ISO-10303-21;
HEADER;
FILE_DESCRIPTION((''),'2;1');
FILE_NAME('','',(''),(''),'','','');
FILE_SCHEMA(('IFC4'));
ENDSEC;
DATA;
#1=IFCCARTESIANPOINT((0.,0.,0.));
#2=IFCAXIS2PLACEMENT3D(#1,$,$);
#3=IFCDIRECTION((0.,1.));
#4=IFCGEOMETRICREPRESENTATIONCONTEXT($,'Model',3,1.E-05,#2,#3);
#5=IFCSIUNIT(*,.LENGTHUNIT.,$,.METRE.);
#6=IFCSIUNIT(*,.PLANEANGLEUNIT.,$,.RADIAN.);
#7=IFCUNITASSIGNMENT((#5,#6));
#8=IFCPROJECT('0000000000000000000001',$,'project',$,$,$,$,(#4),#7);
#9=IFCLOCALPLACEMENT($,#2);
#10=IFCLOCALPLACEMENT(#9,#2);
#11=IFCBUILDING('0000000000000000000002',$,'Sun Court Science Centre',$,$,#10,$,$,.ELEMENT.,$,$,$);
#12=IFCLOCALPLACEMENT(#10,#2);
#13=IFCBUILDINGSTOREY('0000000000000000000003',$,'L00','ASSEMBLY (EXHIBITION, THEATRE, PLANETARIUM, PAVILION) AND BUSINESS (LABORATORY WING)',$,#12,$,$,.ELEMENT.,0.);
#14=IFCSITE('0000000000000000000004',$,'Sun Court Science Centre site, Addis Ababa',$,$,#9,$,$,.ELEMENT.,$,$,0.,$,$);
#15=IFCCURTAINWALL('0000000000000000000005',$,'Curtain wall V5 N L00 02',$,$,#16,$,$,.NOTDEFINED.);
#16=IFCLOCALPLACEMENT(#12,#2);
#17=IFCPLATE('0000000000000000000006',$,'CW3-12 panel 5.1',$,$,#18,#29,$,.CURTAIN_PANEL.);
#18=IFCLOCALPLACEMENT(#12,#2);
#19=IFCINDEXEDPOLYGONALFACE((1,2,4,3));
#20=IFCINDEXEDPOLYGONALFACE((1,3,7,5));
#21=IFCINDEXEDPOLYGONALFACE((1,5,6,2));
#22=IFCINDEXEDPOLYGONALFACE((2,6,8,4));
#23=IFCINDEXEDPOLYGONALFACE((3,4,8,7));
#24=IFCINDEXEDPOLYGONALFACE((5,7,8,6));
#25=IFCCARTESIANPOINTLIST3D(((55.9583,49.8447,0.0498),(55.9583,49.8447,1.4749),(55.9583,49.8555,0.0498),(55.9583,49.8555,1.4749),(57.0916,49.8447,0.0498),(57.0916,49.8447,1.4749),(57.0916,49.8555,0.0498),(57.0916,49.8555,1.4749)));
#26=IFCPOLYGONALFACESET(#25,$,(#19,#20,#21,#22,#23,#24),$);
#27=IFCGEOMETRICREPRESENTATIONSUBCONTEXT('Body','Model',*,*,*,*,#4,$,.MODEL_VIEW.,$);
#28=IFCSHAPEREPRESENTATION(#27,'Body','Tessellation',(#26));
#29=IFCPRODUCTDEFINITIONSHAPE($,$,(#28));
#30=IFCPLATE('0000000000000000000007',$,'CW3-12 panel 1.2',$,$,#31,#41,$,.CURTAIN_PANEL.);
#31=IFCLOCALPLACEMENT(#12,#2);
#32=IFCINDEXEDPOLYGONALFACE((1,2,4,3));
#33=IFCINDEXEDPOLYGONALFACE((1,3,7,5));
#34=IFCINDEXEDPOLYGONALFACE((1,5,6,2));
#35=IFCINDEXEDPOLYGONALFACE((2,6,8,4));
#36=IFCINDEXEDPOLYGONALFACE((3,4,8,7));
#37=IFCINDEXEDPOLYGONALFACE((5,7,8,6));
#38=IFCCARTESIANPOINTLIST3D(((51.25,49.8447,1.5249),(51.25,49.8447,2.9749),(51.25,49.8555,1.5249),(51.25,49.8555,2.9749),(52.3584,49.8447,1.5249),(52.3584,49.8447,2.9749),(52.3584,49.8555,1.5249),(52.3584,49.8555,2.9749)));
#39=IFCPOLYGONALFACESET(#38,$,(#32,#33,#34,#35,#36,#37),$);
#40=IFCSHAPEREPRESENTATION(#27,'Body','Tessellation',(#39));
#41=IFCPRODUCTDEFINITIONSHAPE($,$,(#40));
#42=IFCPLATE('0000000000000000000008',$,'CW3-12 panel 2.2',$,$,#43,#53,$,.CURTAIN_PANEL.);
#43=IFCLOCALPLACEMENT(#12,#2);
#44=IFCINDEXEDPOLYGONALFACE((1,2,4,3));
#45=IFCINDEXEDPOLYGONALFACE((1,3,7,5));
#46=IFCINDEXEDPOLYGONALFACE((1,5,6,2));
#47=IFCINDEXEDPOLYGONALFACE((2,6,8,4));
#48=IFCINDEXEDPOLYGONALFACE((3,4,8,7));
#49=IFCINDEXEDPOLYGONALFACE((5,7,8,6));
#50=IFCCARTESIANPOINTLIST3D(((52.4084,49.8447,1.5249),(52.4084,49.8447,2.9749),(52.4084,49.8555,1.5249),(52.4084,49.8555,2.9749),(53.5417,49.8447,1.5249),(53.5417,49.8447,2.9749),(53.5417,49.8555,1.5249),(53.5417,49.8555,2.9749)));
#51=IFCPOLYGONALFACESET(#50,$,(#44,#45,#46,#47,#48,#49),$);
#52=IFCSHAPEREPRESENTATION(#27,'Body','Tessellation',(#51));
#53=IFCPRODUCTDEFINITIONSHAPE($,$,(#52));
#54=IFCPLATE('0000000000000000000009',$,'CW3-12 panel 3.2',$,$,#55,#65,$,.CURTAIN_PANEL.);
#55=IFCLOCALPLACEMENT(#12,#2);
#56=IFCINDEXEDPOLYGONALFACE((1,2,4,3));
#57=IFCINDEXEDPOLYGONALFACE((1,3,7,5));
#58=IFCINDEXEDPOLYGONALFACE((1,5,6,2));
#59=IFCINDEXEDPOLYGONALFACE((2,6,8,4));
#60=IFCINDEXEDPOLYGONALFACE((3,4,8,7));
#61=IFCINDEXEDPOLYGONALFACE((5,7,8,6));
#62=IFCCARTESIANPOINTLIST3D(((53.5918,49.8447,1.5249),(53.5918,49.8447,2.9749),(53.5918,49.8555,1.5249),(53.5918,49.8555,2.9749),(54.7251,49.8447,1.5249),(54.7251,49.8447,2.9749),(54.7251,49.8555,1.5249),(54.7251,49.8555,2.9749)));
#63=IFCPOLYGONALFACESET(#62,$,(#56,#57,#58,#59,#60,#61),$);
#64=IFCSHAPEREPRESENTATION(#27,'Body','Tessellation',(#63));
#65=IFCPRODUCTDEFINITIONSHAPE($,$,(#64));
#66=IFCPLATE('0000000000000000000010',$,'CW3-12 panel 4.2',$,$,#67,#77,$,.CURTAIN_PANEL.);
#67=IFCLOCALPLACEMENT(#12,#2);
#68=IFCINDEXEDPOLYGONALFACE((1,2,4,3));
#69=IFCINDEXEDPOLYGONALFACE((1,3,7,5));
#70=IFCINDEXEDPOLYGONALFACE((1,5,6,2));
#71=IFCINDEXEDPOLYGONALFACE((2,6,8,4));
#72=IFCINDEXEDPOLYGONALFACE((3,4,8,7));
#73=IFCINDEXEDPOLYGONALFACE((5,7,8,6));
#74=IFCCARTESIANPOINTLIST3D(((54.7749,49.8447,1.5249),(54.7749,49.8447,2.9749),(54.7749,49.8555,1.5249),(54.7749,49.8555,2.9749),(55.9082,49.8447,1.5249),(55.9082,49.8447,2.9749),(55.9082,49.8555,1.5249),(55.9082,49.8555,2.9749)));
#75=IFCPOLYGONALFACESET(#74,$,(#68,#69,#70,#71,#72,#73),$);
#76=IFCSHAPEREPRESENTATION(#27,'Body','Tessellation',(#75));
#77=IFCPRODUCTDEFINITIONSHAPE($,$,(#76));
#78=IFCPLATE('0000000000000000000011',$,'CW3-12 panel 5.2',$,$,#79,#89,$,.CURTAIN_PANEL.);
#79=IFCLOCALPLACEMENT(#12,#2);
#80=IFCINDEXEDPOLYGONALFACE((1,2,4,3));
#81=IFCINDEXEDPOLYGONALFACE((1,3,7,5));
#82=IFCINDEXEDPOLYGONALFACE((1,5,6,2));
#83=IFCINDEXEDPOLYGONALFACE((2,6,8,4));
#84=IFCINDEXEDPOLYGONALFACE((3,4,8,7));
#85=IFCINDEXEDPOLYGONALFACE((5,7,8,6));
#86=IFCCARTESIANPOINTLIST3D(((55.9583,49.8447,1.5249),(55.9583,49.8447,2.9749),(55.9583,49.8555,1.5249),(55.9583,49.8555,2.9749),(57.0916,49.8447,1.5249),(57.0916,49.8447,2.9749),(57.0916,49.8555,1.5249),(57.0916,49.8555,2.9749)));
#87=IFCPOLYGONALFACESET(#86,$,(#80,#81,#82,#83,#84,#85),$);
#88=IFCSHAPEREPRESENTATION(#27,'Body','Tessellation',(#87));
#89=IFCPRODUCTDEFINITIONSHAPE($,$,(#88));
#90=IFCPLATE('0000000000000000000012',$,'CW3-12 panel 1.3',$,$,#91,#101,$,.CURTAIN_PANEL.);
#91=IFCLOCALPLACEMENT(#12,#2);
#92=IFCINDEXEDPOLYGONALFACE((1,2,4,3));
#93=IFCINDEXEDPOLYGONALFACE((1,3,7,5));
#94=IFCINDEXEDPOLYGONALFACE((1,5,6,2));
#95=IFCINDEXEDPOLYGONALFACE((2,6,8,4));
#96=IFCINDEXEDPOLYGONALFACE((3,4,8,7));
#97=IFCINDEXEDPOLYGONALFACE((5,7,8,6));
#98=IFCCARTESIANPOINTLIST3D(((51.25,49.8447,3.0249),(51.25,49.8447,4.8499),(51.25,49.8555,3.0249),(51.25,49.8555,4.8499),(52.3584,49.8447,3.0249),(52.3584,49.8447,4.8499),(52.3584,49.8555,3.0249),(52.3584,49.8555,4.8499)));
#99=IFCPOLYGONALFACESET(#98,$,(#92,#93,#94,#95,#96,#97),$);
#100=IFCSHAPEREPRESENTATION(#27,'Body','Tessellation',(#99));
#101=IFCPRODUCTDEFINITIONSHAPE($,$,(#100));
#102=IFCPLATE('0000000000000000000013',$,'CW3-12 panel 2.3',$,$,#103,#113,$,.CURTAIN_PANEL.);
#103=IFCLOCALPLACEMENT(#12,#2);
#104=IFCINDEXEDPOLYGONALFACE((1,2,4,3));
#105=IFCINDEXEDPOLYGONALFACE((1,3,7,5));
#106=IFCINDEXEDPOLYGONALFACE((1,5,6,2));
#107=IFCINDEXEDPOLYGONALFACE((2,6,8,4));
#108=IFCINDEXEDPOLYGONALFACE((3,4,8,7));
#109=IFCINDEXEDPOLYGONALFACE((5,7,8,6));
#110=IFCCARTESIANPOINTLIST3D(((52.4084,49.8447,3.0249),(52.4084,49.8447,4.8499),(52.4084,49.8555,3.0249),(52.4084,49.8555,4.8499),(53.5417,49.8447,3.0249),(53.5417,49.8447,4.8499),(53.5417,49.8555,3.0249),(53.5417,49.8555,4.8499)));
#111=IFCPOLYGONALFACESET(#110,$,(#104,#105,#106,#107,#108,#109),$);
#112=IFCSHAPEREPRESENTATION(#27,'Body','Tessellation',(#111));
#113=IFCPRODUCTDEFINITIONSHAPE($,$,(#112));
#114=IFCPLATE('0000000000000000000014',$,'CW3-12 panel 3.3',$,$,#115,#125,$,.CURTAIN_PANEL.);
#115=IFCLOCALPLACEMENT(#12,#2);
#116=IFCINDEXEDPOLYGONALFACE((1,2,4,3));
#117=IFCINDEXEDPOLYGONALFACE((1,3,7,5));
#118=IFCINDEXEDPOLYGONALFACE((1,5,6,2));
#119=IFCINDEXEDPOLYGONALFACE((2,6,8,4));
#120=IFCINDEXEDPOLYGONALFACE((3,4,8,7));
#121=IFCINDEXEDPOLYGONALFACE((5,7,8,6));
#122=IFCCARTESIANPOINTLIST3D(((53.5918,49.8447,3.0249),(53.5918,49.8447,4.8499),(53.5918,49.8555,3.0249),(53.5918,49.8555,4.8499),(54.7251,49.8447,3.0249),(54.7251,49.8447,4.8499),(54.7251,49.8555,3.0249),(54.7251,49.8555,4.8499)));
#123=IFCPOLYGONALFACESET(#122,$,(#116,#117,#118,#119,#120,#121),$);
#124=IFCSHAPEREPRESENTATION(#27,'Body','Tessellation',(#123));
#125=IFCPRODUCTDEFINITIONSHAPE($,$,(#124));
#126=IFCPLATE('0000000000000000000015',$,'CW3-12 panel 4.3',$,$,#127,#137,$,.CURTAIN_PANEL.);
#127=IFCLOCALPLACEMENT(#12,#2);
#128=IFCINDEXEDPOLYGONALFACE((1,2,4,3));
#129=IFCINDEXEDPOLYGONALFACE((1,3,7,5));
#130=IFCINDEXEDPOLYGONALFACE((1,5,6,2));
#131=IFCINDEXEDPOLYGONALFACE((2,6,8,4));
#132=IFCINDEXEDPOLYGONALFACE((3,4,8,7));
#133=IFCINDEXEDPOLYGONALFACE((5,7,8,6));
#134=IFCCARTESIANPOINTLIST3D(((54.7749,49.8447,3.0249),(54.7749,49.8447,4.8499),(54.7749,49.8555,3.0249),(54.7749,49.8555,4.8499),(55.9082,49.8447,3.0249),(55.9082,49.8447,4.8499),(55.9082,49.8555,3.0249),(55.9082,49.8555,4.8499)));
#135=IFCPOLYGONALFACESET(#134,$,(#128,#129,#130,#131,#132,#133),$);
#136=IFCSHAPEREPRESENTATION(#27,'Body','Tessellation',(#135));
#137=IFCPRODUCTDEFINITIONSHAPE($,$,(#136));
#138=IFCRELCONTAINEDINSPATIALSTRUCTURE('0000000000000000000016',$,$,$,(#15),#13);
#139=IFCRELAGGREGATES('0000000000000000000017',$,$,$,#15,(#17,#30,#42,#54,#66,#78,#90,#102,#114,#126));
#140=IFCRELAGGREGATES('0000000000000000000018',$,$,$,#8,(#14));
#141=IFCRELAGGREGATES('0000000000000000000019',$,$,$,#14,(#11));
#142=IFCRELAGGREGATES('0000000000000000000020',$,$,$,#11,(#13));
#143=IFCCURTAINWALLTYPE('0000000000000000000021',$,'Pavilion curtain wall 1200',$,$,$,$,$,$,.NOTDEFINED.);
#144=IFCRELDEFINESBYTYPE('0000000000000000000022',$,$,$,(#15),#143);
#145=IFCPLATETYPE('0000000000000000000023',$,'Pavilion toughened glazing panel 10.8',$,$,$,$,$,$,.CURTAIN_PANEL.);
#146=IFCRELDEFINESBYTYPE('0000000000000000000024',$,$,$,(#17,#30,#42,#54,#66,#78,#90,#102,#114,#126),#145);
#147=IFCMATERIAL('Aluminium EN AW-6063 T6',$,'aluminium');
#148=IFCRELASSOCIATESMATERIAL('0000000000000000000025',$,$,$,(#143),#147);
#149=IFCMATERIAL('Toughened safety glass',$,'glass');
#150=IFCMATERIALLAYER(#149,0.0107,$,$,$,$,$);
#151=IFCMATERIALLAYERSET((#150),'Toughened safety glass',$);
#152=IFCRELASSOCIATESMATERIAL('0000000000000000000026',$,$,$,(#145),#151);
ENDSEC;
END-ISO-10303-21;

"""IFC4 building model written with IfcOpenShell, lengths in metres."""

from ifc_helpers import new_model, si_unit, direction, frame, origin, origin_2d, place, context, subcontext, project, spatial, rectangle, extrude, material, layer, layer_set, type_object, element, aggregate, save


model = new_model("IFC4")

# Units and contexts
model_context = context("Model", 3, precision=1e-05, world=origin(), true_north=direction((0.0, 1.0)))
body_context = subcontext(model_context, "Body", "Model", "MODEL_VIEW")
ifc_project = project(units=[si_unit("LENGTHUNIT", "METRE"), si_unit("PLANEANGLEUNIT", "RADIAN")], contexts=[model_context])

# Site, building, storey
site_placement = place(None, origin())
site = spatial("IfcSite", under=ifc_project, at=site_placement, Name="Sun Court Science Centre site, Addis Ababa", CompositionType="ELEMENT", RefElevation=0.0)
building_placement = place(site_placement, origin())
building = spatial("IfcBuilding", under=site, at=building_placement, Name="Sun Court Science Centre", CompositionType="ELEMENT")
storey_placement = place(building_placement, origin())
storey = spatial("IfcBuildingStorey", under=building, at=storey_placement, Name="L00", Description="ASSEMBLY (EXHIBITION, THEATRE, PLANETARIUM, PAVILION) AND BUSINESS (LABORATORY WING)", CompositionType="ELEMENT", Elevation=0.0)

# Curtain wall, plates
ifc_material_1 = material(Name="Aluminium EN AW-6063 T6", Category="aluminium")
curtain_wall_type = type_object("IfcCurtainWallType", Name="Pavilion curtain wall 1200", PredefinedType="NOTDEFINED", material=ifc_material_1)
curtain_wall_placement = place(storey_placement, origin())
curtain_wall = element("IfcCurtainWall", 1, at=curtain_wall_placement, inside=storey, type_object=curtain_wall_type, Name="Curtain wall V5 N L00 02", PredefinedType="NOTDEFINED")
ifc_material_2 = material(Name="Toughened safety glass", Category="glass")
ifc_layer = layer(ifc_material_2, 0.0107)
ifc_layer_set = layer_set([ifc_layer], Name="Toughened safety glass")
plate_type = type_object("IfcPlateType", Name="Pavilion toughened glazing panel 10.8", PredefinedType="CURTAIN_PANEL", material=ifc_layer_set)
plate_1_placement = place(storey_placement, frame((56.5249, 49.8501, 0.0498), z_axis=(0.0, 0.0, 1.0), x_axis=(1.0, 0.0, 0.0)))
plate_1 = element("IfcPlate", 2, at=plate_1_placement, type_object=plate_type, Name="CW3-12 panel 5.1", PredefinedType="CURTAIN_PANEL", context=body_context, shape_type="SweptSolid", body=[
    extrude(rectangle(XDim=1.1333, YDim=0.0107, at=origin_2d()), origin(), (0.0, 0.0, 1.0), 1.425),
])
plate_2_placement = place(storey_placement, frame((51.8042, 49.8501, 1.5249), z_axis=(0.0, 0.0, 1.0), x_axis=(1.0, 0.0, 0.0)))
plate_2 = element("IfcPlate", 3, at=plate_2_placement, type_object=plate_type, Name="CW3-12 panel 1.2", PredefinedType="CURTAIN_PANEL", context=body_context, shape_type="SweptSolid", body=[
    extrude(rectangle(XDim=1.1084, YDim=0.0107, at=origin_2d()), origin(), (0.0, 0.0, 1.0), 1.45),
])
plate_3_placement = place(storey_placement, frame((52.9751, 49.8501, 1.5249), z_axis=(0.0, 0.0, 1.0), x_axis=(1.0, 0.0, 0.0)))
plate_3 = element("IfcPlate", 4, at=plate_3_placement, type_object=plate_type, Name="CW3-12 panel 2.2", PredefinedType="CURTAIN_PANEL", context=body_context, shape_type="SweptSolid", body=[
    extrude(rectangle(XDim=1.1333, YDim=0.0107, at=origin_2d()), origin(), (0.0, 0.0, 1.0), 1.45),
])
plate_4_placement = place(storey_placement, frame((54.1584, 49.8501, 1.5249), z_axis=(0.0, 0.0, 1.0), x_axis=(1.0, 0.0, 0.0)))
plate_4 = element("IfcPlate", 5, at=plate_4_placement, type_object=plate_type, Name="CW3-12 panel 3.2", PredefinedType="CURTAIN_PANEL", context=body_context, shape_type="SweptSolid", body=[
    extrude(rectangle(XDim=1.1333, YDim=0.0107, at=origin_2d()), origin(), (0.0, 0.0, 1.0), 1.45),
])
plate_5_placement = place(storey_placement, frame((55.3416, 49.8501, 1.5249), z_axis=(0.0, 0.0, 1.0), x_axis=(1.0, 0.0, 0.0)))
plate_5 = element("IfcPlate", 6, at=plate_5_placement, type_object=plate_type, Name="CW3-12 panel 4.2", PredefinedType="CURTAIN_PANEL", context=body_context, shape_type="SweptSolid", body=[
    extrude(rectangle(XDim=1.1333, YDim=0.0107, at=origin_2d()), origin(), (0.0, 0.0, 1.0), 1.45),
])
plate_6_placement = place(storey_placement, frame((56.5249, 49.8501, 1.5249), z_axis=(0.0, 0.0, 1.0), x_axis=(1.0, 0.0, 0.0)))
plate_6 = element("IfcPlate", 7, at=plate_6_placement, type_object=plate_type, Name="CW3-12 panel 5.2", PredefinedType="CURTAIN_PANEL", context=body_context, shape_type="SweptSolid", body=[
    extrude(rectangle(XDim=1.1333, YDim=0.0107, at=origin_2d()), origin(), (0.0, 0.0, 1.0), 1.45),
])
plate_7_placement = place(storey_placement, frame((51.8042, 49.8501, 3.0249), z_axis=(0.0, 0.0, 1.0), x_axis=(1.0, 0.0, 0.0)))
plate_7 = element("IfcPlate", 8, at=plate_7_placement, type_object=plate_type, Name="CW3-12 panel 1.3", PredefinedType="CURTAIN_PANEL", context=body_context, shape_type="SweptSolid", body=[
    extrude(rectangle(XDim=1.1084, YDim=0.0107, at=origin_2d()), origin(), (0.0, 0.0, 1.0), 1.825),
])
plate_8_placement = place(storey_placement, frame((52.9751, 49.8501, 3.0249), z_axis=(0.0, 0.0, 1.0), x_axis=(1.0, 0.0, 0.0)))
plate_8 = element("IfcPlate", 9, at=plate_8_placement, type_object=plate_type, Name="CW3-12 panel 2.3", PredefinedType="CURTAIN_PANEL", context=body_context, shape_type="SweptSolid", body=[
    extrude(rectangle(XDim=1.1333, YDim=0.0107, at=origin_2d()), origin(), (0.0, 0.0, 1.0), 1.825),
])
plate_9_placement = place(storey_placement, frame((54.1584, 49.8501, 3.0249), z_axis=(0.0, 0.0, 1.0), x_axis=(1.0, 0.0, 0.0)))
plate_9 = element("IfcPlate", 10, at=plate_9_placement, type_object=plate_type, Name="CW3-12 panel 3.3", PredefinedType="CURTAIN_PANEL", context=body_context, shape_type="SweptSolid", body=[
    extrude(rectangle(XDim=1.1333, YDim=0.0107, at=origin_2d()), origin(), (0.0, 0.0, 1.0), 1.825),
])
plate_10_placement = place(storey_placement, frame((55.3416, 49.8501, 3.0249), z_axis=(0.0, 0.0, 1.0), x_axis=(1.0, 0.0, 0.0)))
plate_10 = element("IfcPlate", 11, at=plate_10_placement, type_object=plate_type, Name="CW3-12 panel 4.3", PredefinedType="CURTAIN_PANEL", context=body_context, shape_type="SweptSolid", body=[
    extrude(rectangle(XDim=1.1333, YDim=0.0107, at=origin_2d()), origin(), (0.0, 0.0, 1.0), 1.825),
])
aggregate(curtain_wall, [plate_1, plate_2, plate_3, plate_4, plate_5, plate_6, plate_7, plate_8, plate_9, plate_10])

save(model, "model.ifc")
